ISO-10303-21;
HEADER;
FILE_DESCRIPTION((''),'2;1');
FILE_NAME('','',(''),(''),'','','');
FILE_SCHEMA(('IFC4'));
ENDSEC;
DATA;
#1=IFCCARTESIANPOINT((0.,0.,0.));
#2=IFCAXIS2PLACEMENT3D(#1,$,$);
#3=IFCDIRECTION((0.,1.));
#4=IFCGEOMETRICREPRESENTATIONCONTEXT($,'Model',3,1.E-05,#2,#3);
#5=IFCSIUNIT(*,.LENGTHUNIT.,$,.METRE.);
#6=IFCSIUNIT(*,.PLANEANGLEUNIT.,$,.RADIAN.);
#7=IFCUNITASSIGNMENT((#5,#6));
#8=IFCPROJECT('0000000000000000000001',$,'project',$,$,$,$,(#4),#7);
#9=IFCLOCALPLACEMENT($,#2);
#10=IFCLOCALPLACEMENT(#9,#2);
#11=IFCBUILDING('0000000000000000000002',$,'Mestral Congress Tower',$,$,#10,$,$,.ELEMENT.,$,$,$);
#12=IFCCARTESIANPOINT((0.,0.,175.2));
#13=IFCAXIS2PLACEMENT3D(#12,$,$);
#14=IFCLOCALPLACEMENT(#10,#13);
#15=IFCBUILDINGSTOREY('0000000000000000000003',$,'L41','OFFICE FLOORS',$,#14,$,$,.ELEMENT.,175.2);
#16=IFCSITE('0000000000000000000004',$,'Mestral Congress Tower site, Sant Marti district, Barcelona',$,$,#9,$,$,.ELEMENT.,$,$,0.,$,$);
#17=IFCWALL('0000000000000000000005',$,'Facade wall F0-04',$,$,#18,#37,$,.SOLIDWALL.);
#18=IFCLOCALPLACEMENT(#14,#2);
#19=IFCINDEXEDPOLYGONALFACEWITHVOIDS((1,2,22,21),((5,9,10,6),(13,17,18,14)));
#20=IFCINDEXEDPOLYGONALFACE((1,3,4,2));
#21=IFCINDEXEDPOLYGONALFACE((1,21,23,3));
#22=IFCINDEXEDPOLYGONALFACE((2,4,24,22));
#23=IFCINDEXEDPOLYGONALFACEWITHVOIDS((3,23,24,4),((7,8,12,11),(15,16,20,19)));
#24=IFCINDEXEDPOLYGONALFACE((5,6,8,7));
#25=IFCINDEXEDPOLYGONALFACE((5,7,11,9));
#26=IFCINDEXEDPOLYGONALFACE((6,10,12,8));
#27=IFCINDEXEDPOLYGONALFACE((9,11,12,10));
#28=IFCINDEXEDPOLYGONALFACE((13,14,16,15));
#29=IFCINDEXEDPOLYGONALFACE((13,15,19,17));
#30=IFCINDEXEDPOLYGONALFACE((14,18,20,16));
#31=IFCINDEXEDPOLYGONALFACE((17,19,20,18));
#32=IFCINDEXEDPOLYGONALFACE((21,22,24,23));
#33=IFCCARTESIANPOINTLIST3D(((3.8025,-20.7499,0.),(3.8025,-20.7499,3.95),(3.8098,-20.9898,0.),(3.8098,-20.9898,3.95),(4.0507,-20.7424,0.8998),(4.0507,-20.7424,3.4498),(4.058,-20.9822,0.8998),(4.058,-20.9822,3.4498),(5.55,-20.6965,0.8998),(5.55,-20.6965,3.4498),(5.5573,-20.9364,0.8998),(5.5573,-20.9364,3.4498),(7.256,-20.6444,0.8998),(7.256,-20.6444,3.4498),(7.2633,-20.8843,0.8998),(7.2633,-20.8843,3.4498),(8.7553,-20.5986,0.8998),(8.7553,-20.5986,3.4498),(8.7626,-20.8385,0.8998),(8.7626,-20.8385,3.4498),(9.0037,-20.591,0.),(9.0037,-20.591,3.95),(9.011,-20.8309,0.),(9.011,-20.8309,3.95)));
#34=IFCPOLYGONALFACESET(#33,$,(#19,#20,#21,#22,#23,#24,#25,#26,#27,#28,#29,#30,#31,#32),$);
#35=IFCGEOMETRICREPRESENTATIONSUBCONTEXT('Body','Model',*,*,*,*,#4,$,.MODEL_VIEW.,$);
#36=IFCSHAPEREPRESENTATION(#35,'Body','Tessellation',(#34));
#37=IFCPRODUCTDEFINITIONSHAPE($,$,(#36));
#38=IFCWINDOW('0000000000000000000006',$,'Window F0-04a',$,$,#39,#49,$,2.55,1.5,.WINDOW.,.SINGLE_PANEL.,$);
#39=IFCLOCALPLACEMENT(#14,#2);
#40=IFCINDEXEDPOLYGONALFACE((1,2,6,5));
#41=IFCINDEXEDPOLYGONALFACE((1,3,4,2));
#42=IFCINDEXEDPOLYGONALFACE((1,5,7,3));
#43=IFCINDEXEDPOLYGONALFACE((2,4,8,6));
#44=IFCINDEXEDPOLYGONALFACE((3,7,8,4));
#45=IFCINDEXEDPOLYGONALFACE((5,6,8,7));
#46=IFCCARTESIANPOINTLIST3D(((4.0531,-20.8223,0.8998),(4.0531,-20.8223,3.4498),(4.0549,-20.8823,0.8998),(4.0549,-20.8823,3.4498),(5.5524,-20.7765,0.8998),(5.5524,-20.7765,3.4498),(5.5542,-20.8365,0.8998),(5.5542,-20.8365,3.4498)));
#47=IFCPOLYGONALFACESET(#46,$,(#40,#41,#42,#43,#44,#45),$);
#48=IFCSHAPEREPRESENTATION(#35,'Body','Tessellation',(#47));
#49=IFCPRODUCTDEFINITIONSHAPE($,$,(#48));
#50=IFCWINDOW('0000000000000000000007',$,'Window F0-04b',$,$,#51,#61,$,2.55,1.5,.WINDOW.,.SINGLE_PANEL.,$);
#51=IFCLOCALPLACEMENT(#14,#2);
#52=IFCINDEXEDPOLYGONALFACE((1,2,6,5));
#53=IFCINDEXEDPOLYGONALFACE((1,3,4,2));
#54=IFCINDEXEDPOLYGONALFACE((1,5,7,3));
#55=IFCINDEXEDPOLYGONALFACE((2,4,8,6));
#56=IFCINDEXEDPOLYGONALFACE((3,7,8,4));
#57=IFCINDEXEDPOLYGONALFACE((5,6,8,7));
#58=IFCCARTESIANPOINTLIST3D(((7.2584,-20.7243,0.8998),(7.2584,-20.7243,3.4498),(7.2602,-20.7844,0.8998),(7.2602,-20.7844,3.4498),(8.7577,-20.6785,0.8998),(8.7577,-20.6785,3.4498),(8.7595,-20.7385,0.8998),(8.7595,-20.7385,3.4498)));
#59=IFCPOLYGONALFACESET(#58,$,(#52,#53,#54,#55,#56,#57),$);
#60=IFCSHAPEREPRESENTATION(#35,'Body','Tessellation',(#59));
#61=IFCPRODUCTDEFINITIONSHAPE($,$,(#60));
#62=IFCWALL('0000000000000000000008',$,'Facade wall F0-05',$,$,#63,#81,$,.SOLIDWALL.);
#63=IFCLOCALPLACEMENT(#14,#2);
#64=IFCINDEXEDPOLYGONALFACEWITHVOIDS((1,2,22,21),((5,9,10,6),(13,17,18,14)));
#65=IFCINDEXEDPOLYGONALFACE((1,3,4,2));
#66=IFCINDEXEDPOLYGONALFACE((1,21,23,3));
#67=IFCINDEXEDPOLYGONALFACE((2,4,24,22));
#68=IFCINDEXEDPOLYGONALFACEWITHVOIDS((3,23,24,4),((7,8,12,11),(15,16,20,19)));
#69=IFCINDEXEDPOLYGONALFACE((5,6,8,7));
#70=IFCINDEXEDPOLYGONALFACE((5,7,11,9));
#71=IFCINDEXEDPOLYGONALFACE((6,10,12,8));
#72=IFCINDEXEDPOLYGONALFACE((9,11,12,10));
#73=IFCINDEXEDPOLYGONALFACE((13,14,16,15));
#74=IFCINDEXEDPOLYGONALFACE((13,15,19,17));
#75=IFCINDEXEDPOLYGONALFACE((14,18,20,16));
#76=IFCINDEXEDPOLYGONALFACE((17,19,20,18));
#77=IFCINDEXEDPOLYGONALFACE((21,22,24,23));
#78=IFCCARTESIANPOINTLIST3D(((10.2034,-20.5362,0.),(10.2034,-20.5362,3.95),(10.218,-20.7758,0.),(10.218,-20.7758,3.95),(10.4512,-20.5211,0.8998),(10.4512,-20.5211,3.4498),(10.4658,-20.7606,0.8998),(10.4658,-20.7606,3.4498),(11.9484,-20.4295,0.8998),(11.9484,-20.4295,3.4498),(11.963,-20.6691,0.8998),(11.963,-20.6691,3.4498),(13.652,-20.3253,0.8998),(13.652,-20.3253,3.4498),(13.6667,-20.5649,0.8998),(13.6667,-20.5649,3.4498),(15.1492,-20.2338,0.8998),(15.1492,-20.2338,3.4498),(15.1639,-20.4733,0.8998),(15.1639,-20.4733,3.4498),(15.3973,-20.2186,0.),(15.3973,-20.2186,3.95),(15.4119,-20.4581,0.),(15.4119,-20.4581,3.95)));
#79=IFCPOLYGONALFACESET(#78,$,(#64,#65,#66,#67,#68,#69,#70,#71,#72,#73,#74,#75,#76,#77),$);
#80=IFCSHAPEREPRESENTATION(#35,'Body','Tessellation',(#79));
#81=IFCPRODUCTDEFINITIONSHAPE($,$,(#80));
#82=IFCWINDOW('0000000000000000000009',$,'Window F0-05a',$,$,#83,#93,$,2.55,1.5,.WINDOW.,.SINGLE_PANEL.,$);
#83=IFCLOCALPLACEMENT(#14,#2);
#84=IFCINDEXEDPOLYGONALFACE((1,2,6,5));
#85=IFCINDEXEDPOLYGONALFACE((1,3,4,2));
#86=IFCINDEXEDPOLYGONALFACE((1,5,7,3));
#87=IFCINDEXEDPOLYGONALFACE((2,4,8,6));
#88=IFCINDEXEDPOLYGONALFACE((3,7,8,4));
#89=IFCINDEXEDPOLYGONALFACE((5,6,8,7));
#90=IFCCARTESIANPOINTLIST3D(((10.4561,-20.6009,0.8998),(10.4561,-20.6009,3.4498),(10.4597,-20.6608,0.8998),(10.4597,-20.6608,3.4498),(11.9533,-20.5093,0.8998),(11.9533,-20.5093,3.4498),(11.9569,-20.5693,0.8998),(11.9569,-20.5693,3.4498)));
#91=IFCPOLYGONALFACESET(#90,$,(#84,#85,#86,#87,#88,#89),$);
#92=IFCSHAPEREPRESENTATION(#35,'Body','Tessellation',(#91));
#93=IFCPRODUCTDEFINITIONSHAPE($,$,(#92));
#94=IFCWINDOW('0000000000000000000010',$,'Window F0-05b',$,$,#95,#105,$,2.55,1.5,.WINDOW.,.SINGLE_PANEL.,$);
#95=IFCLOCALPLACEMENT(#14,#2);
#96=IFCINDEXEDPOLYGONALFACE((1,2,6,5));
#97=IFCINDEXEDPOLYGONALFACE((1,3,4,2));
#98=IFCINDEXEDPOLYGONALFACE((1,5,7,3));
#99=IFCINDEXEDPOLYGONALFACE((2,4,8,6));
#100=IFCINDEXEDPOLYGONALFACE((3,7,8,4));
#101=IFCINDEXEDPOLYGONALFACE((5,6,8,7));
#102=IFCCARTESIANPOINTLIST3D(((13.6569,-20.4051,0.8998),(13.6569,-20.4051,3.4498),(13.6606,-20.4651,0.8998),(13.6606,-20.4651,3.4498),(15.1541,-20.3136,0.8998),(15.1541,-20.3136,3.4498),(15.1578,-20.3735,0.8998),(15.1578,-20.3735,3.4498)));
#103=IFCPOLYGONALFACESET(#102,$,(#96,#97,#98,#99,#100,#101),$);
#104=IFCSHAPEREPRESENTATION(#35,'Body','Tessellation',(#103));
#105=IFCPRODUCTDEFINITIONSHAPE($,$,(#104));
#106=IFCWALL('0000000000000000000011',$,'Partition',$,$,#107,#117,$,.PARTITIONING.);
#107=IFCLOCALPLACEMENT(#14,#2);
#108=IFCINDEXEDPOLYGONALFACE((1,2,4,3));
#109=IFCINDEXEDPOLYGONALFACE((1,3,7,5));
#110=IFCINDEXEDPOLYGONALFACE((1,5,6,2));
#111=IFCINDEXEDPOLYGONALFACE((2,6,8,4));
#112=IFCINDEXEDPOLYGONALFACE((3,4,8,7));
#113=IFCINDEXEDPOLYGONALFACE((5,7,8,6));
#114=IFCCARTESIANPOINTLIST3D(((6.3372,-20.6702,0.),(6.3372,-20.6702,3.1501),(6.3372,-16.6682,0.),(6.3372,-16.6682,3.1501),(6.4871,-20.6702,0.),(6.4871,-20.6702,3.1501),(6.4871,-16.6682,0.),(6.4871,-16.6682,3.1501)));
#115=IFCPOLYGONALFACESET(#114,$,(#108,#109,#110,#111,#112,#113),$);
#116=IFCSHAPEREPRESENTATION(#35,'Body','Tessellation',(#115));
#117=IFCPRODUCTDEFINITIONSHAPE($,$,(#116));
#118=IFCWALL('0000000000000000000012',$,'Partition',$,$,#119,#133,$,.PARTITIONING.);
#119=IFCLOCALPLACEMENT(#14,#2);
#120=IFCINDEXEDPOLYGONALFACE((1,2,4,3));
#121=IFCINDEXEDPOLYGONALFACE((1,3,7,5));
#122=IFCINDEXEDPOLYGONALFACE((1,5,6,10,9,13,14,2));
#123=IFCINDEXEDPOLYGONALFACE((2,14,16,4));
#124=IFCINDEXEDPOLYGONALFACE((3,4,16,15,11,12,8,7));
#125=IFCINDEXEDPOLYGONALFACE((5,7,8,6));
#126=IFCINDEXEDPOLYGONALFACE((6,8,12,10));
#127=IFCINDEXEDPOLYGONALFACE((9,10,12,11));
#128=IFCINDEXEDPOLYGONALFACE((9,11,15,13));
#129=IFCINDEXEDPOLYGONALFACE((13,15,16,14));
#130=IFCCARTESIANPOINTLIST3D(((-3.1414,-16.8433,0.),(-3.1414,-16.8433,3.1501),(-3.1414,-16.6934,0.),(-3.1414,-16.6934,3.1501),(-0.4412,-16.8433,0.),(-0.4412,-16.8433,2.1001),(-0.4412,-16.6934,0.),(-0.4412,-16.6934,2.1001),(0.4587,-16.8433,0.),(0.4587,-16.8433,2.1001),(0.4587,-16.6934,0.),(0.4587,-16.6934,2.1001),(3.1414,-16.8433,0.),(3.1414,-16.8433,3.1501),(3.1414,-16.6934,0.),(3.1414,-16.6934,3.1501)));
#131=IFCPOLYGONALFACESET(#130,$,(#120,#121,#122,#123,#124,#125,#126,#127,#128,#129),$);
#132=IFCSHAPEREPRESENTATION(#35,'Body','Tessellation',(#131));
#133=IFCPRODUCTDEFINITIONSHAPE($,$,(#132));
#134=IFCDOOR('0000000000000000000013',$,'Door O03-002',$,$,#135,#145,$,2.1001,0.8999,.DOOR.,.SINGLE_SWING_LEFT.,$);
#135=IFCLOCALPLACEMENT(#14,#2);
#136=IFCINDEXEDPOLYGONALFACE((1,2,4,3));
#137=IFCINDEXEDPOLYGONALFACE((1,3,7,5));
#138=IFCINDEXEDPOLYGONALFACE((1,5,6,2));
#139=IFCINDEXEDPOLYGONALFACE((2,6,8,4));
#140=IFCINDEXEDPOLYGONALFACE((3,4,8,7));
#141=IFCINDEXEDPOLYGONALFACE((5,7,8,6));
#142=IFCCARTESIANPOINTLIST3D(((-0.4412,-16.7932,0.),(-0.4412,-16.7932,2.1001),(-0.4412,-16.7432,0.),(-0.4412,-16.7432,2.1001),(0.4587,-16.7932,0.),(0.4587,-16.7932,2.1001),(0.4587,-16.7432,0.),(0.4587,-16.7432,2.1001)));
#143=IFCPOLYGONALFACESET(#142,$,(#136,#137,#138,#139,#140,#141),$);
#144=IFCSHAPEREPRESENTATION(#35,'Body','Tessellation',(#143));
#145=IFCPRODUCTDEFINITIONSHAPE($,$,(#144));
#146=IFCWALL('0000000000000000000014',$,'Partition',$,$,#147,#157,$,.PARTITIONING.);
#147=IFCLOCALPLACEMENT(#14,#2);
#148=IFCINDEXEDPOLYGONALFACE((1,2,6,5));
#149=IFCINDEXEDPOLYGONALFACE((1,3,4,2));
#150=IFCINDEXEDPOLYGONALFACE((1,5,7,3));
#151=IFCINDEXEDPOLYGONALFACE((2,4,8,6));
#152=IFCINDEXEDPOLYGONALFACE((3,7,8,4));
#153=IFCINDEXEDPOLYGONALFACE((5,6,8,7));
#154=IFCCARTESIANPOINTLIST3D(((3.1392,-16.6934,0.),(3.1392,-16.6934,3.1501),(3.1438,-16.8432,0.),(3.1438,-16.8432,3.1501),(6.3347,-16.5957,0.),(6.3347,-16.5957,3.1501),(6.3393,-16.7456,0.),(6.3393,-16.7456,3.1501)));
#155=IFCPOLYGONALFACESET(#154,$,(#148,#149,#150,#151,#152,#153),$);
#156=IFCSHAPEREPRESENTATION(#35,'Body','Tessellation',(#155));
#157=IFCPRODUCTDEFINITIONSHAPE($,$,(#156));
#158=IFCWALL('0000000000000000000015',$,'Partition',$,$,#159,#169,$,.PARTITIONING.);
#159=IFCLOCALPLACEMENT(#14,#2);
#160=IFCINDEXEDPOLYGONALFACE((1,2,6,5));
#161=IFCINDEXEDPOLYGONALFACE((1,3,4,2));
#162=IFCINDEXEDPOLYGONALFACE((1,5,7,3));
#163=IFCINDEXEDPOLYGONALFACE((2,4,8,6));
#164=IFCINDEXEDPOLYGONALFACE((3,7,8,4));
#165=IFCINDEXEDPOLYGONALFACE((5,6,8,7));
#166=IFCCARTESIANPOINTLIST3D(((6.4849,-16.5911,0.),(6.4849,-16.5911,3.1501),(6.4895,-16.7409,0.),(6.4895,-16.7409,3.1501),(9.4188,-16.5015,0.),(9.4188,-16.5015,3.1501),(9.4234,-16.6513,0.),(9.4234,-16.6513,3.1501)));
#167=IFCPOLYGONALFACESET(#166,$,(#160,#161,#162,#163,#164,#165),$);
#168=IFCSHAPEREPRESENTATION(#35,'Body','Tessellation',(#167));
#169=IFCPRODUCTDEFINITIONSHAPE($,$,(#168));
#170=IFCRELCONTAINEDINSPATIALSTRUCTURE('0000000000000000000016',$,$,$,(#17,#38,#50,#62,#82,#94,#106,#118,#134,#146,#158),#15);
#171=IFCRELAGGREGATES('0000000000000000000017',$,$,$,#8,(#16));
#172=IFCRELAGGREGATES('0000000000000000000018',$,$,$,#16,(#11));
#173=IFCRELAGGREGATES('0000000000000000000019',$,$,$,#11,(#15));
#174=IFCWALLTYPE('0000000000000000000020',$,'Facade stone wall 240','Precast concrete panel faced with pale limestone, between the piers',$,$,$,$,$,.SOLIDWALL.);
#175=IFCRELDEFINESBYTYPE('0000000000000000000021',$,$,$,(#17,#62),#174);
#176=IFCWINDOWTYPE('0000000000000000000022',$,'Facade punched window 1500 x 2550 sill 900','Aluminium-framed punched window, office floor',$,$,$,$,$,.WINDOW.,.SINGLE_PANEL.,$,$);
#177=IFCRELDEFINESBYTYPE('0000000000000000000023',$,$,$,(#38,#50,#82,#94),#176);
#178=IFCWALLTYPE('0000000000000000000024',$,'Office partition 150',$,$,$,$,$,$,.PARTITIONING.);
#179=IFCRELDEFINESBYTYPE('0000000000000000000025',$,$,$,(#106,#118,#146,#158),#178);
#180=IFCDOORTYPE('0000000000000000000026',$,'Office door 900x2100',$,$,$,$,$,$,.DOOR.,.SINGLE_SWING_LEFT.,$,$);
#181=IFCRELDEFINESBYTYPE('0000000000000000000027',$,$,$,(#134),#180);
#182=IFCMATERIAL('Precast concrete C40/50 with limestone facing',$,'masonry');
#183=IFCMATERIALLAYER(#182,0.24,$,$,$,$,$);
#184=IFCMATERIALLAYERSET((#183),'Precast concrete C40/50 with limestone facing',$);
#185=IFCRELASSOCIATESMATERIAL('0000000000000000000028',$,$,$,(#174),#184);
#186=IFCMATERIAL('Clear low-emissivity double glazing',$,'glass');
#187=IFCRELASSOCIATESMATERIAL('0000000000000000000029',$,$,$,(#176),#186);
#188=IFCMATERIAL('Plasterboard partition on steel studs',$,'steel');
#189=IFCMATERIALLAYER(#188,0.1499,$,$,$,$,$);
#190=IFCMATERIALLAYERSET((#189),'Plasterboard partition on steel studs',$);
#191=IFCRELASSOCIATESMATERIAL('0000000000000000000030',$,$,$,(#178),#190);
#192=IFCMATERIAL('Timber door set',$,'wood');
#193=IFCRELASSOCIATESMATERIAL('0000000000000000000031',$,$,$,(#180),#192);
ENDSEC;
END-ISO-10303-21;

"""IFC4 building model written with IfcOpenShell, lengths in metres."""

from ifc_helpers import new_model, si_unit, direction, frame, frame_2d, origin, place, context, subcontext, project, spatial, rectangle, extrude, material, layer, layer_set, type_object, element, fill, save


model = new_model("IFC4")

# Units and contexts
model_context = context("Model", 3, precision=1e-05, world=origin(), true_north=direction((0.0, 1.0)))
body_context = subcontext(model_context, "Body", "Model", "MODEL_VIEW")
ifc_project = project(units=[si_unit("LENGTHUNIT", "METRE"), si_unit("PLANEANGLEUNIT", "RADIAN")], contexts=[model_context])

# Site, building, storey
site_placement = place(None, origin())
site = spatial("IfcSite", under=ifc_project, at=site_placement, Name="Mestral Congress Tower site, Sant Marti district, Barcelona", CompositionType="ELEMENT", RefElevation=0.0)
building_placement = place(site_placement, origin())
building = spatial("IfcBuilding", under=site, at=building_placement, Name="Mestral Congress Tower", CompositionType="ELEMENT")
storey_placement = place(building_placement, frame((0.0, 0.0, 175.2)))
storey = spatial("IfcBuildingStorey", under=building, at=storey_placement, Name="L41", Description="OFFICE FLOORS", CompositionType="ELEMENT", Elevation=175.2)

# Walls, openings, windows
ifc_material_1 = material(Name="Precast concrete C40/50 with limestone facing", Category="masonry")
ifc_layer_1 = layer(ifc_material_1, 0.24)
ifc_layer_set_1 = layer_set([ifc_layer_1], Name="Precast concrete C40/50 with limestone facing")
wall_type_1 = type_object("IfcWallType", Name="Facade stone wall 240", Description="Precast concrete panel faced with pale limestone, between the piers", PredefinedType="SOLIDWALL", material=ifc_layer_set_1)
wall_1_placement = place(storey_placement, frame((3.8062, -20.8699, 0.0), z_axis=(0.0, 0.0, 1.0), x_axis=(0.999533, 0.030543, 0.0)))
wall_1 = element("IfcWall", 1, at=wall_1_placement, inside=storey, type_object=wall_type_1, Name="Facade wall F0-04", PredefinedType="SOLIDWALL", context=body_context, shape_type="SweptSolid", body=[
    extrude(rectangle(XDim=5.2036, YDim=0.24, at=frame_2d((2.6018, 0.0))), origin(), (0.0, 0.0, 1.0), 3.95),
])
opening_1_placement = place(wall_1_placement, frame((0.2483, 0.0, 0.8999)))
opening_1 = element("IfcOpeningElement", 2, at=opening_1_placement, cuts=wall_1, PredefinedType="OPENING", context=body_context, shape_type="SweptSolid", body=[
    extrude(rectangle(XDim=1.5, YDim=2.55, at=frame_2d((0.75, 1.2749))), frame((0.0, 0.1299, 0.0), z_axis=(0.0, -1.0, 0.0), x_axis=(1.0, 0.0, 0.0)), (0.0, 0.0, 1.0), 0.26),
])
opening_2_placement = place(wall_1_placement, frame((3.4551, 0.0, 0.8999)))
opening_2 = element("IfcOpeningElement", 3, at=opening_2_placement, cuts=wall_1, PredefinedType="OPENING", context=body_context, shape_type="SweptSolid", body=[
    extrude(rectangle(XDim=1.5, YDim=2.55, at=frame_2d((0.75, 1.2749))), frame((0.0, 0.1299, 0.0), z_axis=(0.0, -1.0, 0.0), x_axis=(1.0, 0.0, 0.0)), (0.0, 0.0, 1.0), 0.26),
])
ifc_material_2 = material(Name="Clear low-emissivity double glazing", Category="glass")
window_type = type_object("IfcWindowType", Name="Facade punched window 1500 x 2550 sill 900", Description="Aluminium-framed punched window, office floor", PartitioningType="SINGLE_PANEL", PredefinedType="WINDOW", material=ifc_material_2)
window_1_placement = place(opening_1_placement, origin())
window_1 = element("IfcWindow", 4, at=window_1_placement, inside=storey, type_object=window_type, Name="Window F0-04a", OverallHeight=2.55, OverallWidth=1.5, PartitioningType="SINGLE_PANEL", PredefinedType="WINDOW", context=body_context, shape_type="SweptSolid", body=[
    extrude(rectangle(XDim=1.5, YDim=2.55, at=frame_2d((0.75, 1.2749))), frame((0.0, 0.04, 0.0), z_axis=(0.0, -1.0, 0.0), x_axis=(1.0, 0.0, 0.0)), (0.0, 0.0, 1.0), 0.0601),
])
fill(opening_1, window_1)
window_2_placement = place(opening_2_placement, origin())
window_2 = element("IfcWindow", 5, at=window_2_placement, inside=storey, type_object=window_type, Name="Window F0-04b", OverallHeight=2.55, OverallWidth=1.5, PartitioningType="SINGLE_PANEL", PredefinedType="WINDOW", context=body_context, shape_type="SweptSolid", body=[
    extrude(rectangle(XDim=1.5, YDim=2.55, at=frame_2d((0.75, 1.2749))), frame((0.0, 0.04, 0.0), z_axis=(0.0, -1.0, 0.0), x_axis=(1.0, 0.0, 0.0)), (0.0, 0.0, 1.0), 0.0601),
])
fill(opening_2, window_2)
wall_2_placement = place(storey_placement, frame((10.2107, -20.656, 0.0), z_axis=(0.0, 0.0, 1.0), x_axis=(0.998135, 0.06104, 0.0)))
wall_2 = element("IfcWall", 6, at=wall_2_placement, inside=storey, type_object=wall_type_1, Name="Facade wall F0-05", PredefinedType="SOLIDWALL", context=body_context, shape_type="SweptSolid", body=[
    extrude(rectangle(XDim=5.2036, YDim=0.24, at=frame_2d((2.6018, 0.0))), origin(), (0.0, 0.0, 1.0), 3.95),
])
opening_3_placement = place(wall_2_placement, frame((0.2483, 0.0, 0.8999)))
opening_3 = element("IfcOpeningElement", 7, at=opening_3_placement, cuts=wall_2, PredefinedType="OPENING", context=body_context, shape_type="SweptSolid", body=[
    extrude(rectangle(XDim=1.5, YDim=2.55, at=frame_2d((0.75, 1.2749))), frame((0.0, 0.1299, 0.0), z_axis=(0.0, -1.0, 0.0), x_axis=(1.0, 0.0, 0.0)), (0.0, 0.0, 1.0), 0.26),
])
opening_4_placement = place(wall_2_placement, frame((3.4551, 0.0, 0.8999)))
opening_4 = element("IfcOpeningElement", 8, at=opening_4_placement, cuts=wall_2, PredefinedType="OPENING", context=body_context, shape_type="SweptSolid", body=[
    extrude(rectangle(XDim=1.5, YDim=2.55, at=frame_2d((0.75, 1.2749))), frame((0.0, 0.1299, 0.0), z_axis=(0.0, -1.0, 0.0), x_axis=(1.0, 0.0, 0.0)), (0.0, 0.0, 1.0), 0.26),
])
window_3_placement = place(opening_3_placement, origin())
window_3 = element("IfcWindow", 9, at=window_3_placement, inside=storey, type_object=window_type, Name="Window F0-05a", OverallHeight=2.55, OverallWidth=1.5, PartitioningType="SINGLE_PANEL", PredefinedType="WINDOW", context=body_context, shape_type="SweptSolid", body=[
    extrude(rectangle(XDim=1.5, YDim=2.55, at=frame_2d((0.75, 1.2749))), frame((0.0, 0.04, 0.0), z_axis=(0.0, -1.0, 0.0), x_axis=(1.0, 0.0, 0.0)), (0.0, 0.0, 1.0), 0.0601),
])
fill(opening_3, window_3)
window_4_placement = place(opening_4_placement, origin())
window_4 = element("IfcWindow", 10, at=window_4_placement, inside=storey, type_object=window_type, Name="Window F0-05b", OverallHeight=2.55, OverallWidth=1.5, PartitioningType="SINGLE_PANEL", PredefinedType="WINDOW", context=body_context, shape_type="SweptSolid", body=[
    extrude(rectangle(XDim=1.5, YDim=2.55, at=frame_2d((0.75, 1.2749))), frame((0.0, 0.04, 0.0), z_axis=(0.0, -1.0, 0.0), x_axis=(1.0, 0.0, 0.0)), (0.0, 0.0, 1.0), 0.0601),
])
fill(opening_4, window_4)

# Wall
ifc_material_3 = material(Name="Plasterboard partition on steel studs", Category="steel")
ifc_layer_2 = layer(ifc_material_3, 0.1499)
ifc_layer_set_2 = layer_set([ifc_layer_2], Name="Plasterboard partition on steel studs")
wall_type_2 = type_object("IfcWallType", Name="Office partition 150", PredefinedType="PARTITIONING", material=ifc_layer_set_2)
wall_3_placement = place(storey_placement, frame((6.4121, -16.6682, 0.0), z_axis=(0.0, 0.0, 1.0), x_axis=(0.0, -1.0, 0.0)))
element("IfcWall", 11, at=wall_3_placement, inside=storey, type_object=wall_type_2, Name="Partition", PredefinedType="PARTITIONING", context=body_context, shape_type="SweptSolid", body=[
    extrude(rectangle(XDim=4.002, YDim=0.1499, at=frame_2d((2.001, 0.0))), origin(), (0.0, 0.0, 1.0), 3.1501),
])

# Wall, opening, door
wall_4_placement = place(storey_placement, frame((3.1414, -16.7683, 0.0), z_axis=(0.0, 0.0, 1.0), x_axis=(-1.0, 0.0, 0.0)))
wall_4 = element("IfcWall", 12, at=wall_4_placement, inside=storey, type_object=wall_type_2, Name="Partition", PredefinedType="PARTITIONING", context=body_context, shape_type="SweptSolid", body=[
    extrude(rectangle(XDim=6.2827, YDim=0.1499, at=frame_2d((3.1414, 0.0))), origin(), (0.0, 0.0, 1.0), 3.1501),
])
opening_5_placement = place(wall_4_placement, frame((2.6826, 0.0, 0.0)))
opening_5 = element("IfcOpeningElement", 13, at=opening_5_placement, cuts=wall_4, PredefinedType="OPENING", context=body_context, shape_type="SweptSolid", body=[
    extrude(rectangle(XDim=0.8999, YDim=2.1001, at=frame_2d((0.45, 1.05))), frame((0.0, 0.085, 0.0), z_axis=(0.0, -1.0, 0.0), x_axis=(1.0, 0.0, 0.0)), (0.0, 0.0, 1.0), 0.1699),
])
ifc_material_4 = material(Name="Timber door set", Category="wood")
door_type_1 = type_object("IfcDoorType", Name="Office door 900x2100", OperationType="SINGLE_SWING_LEFT", PredefinedType="DOOR", material=ifc_material_4)
door_1_placement = place(opening_5_placement, origin())
door_1 = element("IfcDoor", 14, at=door_1_placement, inside=storey, type_object=door_type_1, Name="Door O03-002", OperationType="SINGLE_SWING_LEFT", OverallHeight=2.1001, OverallWidth=0.8999, PredefinedType="DOOR", context=body_context, shape_type="SweptSolid", body=[
    extrude(rectangle(XDim=0.8999, YDim=2.1001, at=frame_2d((0.45, 1.05))), frame((0.0, 0.0249, 0.0), z_axis=(0.0, -1.0, 0.0), x_axis=(1.0, 0.0, 0.0)), (0.0, 0.0, 1.0), 0.05),
])
fill(opening_5, door_1)

# Walls
wall_5_placement = place(storey_placement, frame((3.1414, -16.7683, 0.0), z_axis=(0.0, 0.0, 1.0), x_axis=(0.999533, 0.030546, 0.0)))
element("IfcWall", 15, at=wall_5_placement, inside=storey, type_object=wall_type_2, Name="Partition", PredefinedType="PARTITIONING", context=body_context, shape_type="SweptSolid", body=[
    extrude(rectangle(XDim=3.197, YDim=0.1499, at=frame_2d((1.5986, 0.0))), origin(), (0.0, 0.0, 1.0), 3.1501),
])
wall_6_placement = place(storey_placement, frame((6.4871, -16.666, 0.0), z_axis=(0.0, 0.0, 1.0), x_axis=(0.999534, 0.030526, 0.0)))
element("IfcWall", 16, at=wall_6_placement, inside=storey, type_object=wall_type_2, Name="Partition", PredefinedType="PARTITIONING", context=body_context, shape_type="SweptSolid", body=[
    extrude(rectangle(XDim=2.9353, YDim=0.1499, at=frame_2d((1.4678, 0.0))), origin(), (0.0, 0.0, 1.0), 3.1501),
])

save(model, "model.ifc")
